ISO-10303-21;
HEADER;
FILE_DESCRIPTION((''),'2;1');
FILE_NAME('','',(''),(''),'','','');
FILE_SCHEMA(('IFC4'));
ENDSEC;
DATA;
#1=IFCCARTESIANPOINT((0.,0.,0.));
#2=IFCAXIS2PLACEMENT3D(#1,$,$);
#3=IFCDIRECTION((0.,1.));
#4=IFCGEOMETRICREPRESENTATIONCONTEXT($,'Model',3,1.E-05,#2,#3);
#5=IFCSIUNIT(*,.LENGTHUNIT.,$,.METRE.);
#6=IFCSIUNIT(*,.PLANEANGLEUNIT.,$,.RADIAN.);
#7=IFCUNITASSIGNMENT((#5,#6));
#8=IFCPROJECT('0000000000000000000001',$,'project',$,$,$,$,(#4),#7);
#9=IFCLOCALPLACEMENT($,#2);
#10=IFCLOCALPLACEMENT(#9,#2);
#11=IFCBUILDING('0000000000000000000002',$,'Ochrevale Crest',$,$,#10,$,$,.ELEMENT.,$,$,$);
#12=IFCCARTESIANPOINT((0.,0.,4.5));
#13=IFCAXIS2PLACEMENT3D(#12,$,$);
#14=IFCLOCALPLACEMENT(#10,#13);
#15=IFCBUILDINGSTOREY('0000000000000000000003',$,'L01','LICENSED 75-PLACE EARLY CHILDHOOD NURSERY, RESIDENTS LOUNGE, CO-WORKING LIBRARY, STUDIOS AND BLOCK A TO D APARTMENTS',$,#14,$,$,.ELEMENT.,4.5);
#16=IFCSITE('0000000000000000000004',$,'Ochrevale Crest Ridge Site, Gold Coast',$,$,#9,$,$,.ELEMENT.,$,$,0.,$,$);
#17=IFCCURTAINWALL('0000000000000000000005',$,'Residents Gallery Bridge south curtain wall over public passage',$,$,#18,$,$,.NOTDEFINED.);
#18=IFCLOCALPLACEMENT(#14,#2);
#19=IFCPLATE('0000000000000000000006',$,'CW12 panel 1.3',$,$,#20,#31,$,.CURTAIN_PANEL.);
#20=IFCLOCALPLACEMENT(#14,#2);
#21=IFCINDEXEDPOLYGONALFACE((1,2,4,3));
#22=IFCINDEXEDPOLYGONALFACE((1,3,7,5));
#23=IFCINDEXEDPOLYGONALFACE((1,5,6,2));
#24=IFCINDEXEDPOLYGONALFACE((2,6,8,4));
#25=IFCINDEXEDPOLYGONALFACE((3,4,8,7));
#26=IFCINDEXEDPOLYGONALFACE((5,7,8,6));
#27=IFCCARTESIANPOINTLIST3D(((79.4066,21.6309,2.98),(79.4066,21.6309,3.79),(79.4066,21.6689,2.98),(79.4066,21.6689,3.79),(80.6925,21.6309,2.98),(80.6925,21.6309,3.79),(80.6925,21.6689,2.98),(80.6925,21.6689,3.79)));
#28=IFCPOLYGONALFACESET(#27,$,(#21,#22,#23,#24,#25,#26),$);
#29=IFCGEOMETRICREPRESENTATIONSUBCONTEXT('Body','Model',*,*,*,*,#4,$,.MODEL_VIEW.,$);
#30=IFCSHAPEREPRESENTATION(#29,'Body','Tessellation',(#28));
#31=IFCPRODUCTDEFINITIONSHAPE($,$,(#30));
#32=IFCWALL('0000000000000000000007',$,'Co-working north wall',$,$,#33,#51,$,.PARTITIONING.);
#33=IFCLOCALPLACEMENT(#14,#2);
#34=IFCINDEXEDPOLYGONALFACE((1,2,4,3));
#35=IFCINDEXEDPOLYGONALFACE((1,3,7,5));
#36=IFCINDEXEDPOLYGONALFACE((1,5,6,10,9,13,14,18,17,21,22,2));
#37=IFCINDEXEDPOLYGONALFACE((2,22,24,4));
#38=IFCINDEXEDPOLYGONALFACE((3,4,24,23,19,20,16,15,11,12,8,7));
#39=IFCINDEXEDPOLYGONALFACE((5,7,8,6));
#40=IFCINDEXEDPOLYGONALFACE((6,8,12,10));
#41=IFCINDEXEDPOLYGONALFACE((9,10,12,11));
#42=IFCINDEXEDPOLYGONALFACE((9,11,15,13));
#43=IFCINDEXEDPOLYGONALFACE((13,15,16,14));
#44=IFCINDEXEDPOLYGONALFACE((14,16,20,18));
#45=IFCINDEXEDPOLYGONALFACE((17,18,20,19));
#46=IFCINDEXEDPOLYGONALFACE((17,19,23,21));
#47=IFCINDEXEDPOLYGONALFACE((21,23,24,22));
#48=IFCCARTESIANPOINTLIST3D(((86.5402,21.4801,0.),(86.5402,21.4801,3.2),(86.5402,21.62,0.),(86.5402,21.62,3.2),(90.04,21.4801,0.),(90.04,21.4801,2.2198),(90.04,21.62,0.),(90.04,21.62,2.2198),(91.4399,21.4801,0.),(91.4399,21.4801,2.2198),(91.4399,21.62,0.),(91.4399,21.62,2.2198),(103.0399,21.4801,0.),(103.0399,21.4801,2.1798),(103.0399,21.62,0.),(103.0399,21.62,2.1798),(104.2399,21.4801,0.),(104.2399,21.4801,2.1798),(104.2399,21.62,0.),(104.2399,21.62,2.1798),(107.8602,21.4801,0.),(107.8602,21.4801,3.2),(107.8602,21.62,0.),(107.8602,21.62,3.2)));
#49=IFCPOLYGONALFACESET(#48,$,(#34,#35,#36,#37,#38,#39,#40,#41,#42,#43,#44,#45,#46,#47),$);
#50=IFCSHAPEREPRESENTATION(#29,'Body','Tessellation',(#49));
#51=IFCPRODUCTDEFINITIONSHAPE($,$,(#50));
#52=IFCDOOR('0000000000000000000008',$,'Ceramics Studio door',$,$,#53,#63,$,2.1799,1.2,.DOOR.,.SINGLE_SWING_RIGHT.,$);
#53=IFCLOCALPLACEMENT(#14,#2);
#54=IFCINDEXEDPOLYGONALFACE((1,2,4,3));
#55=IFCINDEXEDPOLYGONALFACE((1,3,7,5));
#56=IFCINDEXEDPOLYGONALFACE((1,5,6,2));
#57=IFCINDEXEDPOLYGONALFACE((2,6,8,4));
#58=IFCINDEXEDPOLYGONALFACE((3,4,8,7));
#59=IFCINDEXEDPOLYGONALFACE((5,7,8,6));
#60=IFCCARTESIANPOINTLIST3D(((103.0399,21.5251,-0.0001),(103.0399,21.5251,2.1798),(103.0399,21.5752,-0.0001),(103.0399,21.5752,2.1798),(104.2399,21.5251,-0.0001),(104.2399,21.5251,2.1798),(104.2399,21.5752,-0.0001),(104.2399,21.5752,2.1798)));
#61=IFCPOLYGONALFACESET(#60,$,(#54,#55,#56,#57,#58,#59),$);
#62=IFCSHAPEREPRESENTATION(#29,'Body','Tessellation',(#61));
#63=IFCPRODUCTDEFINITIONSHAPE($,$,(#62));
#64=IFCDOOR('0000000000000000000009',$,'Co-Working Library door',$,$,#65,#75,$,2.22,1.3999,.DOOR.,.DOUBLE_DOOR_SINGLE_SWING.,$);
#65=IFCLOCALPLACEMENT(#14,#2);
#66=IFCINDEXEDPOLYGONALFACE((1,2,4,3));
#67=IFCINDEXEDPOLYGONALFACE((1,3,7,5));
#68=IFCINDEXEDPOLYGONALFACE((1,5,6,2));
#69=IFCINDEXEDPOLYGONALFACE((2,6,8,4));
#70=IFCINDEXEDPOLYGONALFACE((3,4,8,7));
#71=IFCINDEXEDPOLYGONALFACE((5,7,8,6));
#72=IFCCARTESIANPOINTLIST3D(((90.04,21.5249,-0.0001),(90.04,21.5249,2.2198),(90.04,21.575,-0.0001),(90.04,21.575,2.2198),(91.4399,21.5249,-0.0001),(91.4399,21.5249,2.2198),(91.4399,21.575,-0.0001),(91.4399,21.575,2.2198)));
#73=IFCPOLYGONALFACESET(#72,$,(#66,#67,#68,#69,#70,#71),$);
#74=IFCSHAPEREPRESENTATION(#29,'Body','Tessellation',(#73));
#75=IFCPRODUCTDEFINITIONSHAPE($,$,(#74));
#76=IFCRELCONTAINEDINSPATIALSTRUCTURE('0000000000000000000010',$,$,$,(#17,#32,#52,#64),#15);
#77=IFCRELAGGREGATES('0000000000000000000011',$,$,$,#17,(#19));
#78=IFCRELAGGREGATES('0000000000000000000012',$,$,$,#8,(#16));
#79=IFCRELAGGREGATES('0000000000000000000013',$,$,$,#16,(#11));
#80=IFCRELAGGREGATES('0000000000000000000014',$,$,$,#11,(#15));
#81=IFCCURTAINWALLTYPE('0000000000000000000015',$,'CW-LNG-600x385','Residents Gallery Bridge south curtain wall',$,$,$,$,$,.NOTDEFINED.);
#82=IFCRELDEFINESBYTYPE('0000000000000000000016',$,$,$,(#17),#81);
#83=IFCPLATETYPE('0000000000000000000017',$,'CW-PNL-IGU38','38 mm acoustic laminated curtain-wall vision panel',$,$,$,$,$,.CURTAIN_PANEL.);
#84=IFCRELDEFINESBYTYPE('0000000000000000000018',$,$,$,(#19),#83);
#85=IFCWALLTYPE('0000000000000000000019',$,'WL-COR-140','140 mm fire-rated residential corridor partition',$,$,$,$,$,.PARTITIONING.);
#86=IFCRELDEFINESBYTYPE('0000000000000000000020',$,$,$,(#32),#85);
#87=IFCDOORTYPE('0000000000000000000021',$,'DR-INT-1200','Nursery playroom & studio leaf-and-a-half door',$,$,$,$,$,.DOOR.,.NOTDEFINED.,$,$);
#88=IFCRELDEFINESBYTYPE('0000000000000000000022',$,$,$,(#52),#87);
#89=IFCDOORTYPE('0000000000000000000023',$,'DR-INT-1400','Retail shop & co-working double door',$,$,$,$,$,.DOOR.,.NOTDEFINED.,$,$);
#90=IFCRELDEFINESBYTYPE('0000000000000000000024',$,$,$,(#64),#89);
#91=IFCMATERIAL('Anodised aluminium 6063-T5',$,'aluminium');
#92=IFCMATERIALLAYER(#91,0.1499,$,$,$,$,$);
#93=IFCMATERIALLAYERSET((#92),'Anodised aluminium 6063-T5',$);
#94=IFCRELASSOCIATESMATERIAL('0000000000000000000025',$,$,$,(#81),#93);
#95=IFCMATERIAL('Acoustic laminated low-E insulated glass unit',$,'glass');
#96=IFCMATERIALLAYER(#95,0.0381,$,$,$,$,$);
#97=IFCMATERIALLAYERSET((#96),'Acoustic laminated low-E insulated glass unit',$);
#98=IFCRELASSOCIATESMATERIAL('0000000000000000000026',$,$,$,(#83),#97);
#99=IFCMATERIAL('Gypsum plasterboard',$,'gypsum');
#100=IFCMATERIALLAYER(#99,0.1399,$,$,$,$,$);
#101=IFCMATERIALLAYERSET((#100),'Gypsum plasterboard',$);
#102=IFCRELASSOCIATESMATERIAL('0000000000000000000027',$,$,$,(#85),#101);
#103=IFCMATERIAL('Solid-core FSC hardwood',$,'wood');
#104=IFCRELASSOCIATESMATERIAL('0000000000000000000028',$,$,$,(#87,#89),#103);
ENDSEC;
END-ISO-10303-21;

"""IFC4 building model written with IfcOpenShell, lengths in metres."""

from ifc_helpers import new_model, si_unit, direction, frame, frame_2d, origin, origin_2d, place, context, subcontext, project, spatial, rectangle, extrude, material, layer, layer_set, type_object, element, fill, aggregate, save


model = new_model("IFC4")

# Units and contexts
model_context = context("Model", 3, precision=1e-05, world=origin(), true_north=direction((0.0, 1.0)))
body_context = subcontext(model_context, "Body", "Model", "MODEL_VIEW")
ifc_project = project(units=[si_unit("LENGTHUNIT", "METRE"), si_unit("PLANEANGLEUNIT", "RADIAN")], contexts=[model_context])

# Site, building, storey
site_placement = place(None, origin())
site = spatial("IfcSite", under=ifc_project, at=site_placement, Name="Ochrevale Crest Ridge Site, Gold Coast", CompositionType="ELEMENT", RefElevation=0.0)
building_placement = place(site_placement, origin())
building = spatial("IfcBuilding", under=site, at=building_placement, Name="Ochrevale Crest", CompositionType="ELEMENT")
storey_placement = place(building_placement, frame((0.0, 0.0, 4.5)))
storey = spatial("IfcBuildingStorey", under=building, at=storey_placement, Name="L01", Description="LICENSED 75-PLACE EARLY CHILDHOOD NURSERY, RESIDENTS LOUNGE, CO-WORKING LIBRARY, STUDIOS AND BLOCK A TO D APARTMENTS", CompositionType="ELEMENT", Elevation=4.5)

# Shared definitions
ifc_material_1 = material(Name="Anodised aluminium 6063-T5", Category="aluminium")

# Curtain wall
ifc_layer_1 = layer(ifc_material_1, 0.1499)
ifc_layer_set_1 = layer_set([ifc_layer_1], Name="Anodised aluminium 6063-T5")
curtain_wall_type_1 = type_object("IfcCurtainWallType", Name="CW-LNG-600x385", Description="Residents Gallery Bridge south curtain wall", PredefinedType="NOTDEFINED", material=ifc_layer_set_1)
curtain_wall_1_placement = place(storey_placement, origin())
curtain_wall_1 = element("IfcCurtainWall", 1, at=curtain_wall_1_placement, inside=storey, type_object=curtain_wall_type_1, Name="Residents Gallery Bridge south curtain wall over public passage", PredefinedType="NOTDEFINED")

# Plate
ifc_material_2 = material(Name="Acoustic laminated low-E insulated glass unit", Category="glass")
ifc_layer_2 = layer(ifc_material_2, 0.0381)
ifc_layer_set_2 = layer_set([ifc_layer_2], Name="Acoustic laminated low-E insulated glass unit")
plate_type_1 = type_object("IfcPlateType", Name="CW-PNL-IGU38", Description="38 mm acoustic laminated curtain-wall vision panel", PredefinedType="CURTAIN_PANEL", material=ifc_layer_set_2)
plate_1_placement = place(storey_placement, frame((80.0496, 21.6499, 2.98), z_axis=(0.0, 0.0, 1.0), x_axis=(1.0, 0.0, 0.0)))
plate_1 = element("IfcPlate", 2, at=plate_1_placement, type_object=plate_type_1, Name="CW12 panel 1.3", PredefinedType="CURTAIN_PANEL", context=body_context, shape_type="SweptSolid", body=[
    extrude(rectangle(XDim=1.2859, YDim=0.0381, at=origin_2d()), origin(), (0.0, 0.0, 1.0), 0.8101),
])
aggregate(curtain_wall_1, [plate_1])

# Wall, openings, doors
ifc_material_3 = material(Name="Gypsum plasterboard", Category="gypsum")
ifc_layer_3 = layer(ifc_material_3, 0.1399)
ifc_layer_set_3 = layer_set([ifc_layer_3], Name="Gypsum plasterboard")
wall_type = type_object("IfcWallType", Name="WL-COR-140", Description="140 mm fire-rated residential corridor partition", PredefinedType="PARTITIONING", material=ifc_layer_set_3)
wall_placement = place(storey_placement, frame((86.54, 21.55, 0.0), z_axis=(0.0, 0.0, 1.0), x_axis=(1.0, 0.0, 0.0)))
wall = element("IfcWall", 3, at=wall_placement, inside=storey, type_object=wall_type, Name="Co-working north wall", PredefinedType="PARTITIONING", context=body_context, shape_type="SweptSolid", body=[
    extrude(rectangle(XDim=21.3201, YDim=0.1399, at=frame_2d((10.6602, 0.0))), origin(), (0.0, 0.0, 1.0), 3.2),
])
opening_1_placement = place(wall_placement, frame((3.5, 0.0, 0.0)))
opening_1 = element("IfcOpeningElement", 4, at=opening_1_placement, cuts=wall, PredefinedType="OPENING", context=body_context, shape_type="SweptSolid", body=[
    extrude(rectangle(XDim=1.3999, YDim=2.22, at=frame_2d((0.7, 1.1099))), frame((0.0, 0.0801, 0.0), z_axis=(0.0, -1.0, 0.0), x_axis=(1.0, 0.0, 0.0)), (0.0, 0.0, 1.0), 0.1599),
])
opening_2_placement = place(wall_placement, frame((17.7, 0.0, 0.0), z_axis=(0.0, 0.0, 1.0), x_axis=(-1.0, 0.0, 0.0)))
opening_2 = element("IfcOpeningElement", 5, at=opening_2_placement, cuts=wall, PredefinedType="OPENING", context=body_context, shape_type="SweptSolid", body=[
    extrude(rectangle(XDim=1.2, YDim=2.1799, at=frame_2d((0.6001, 1.0898))), frame((0.0, 0.0801, 0.0), z_axis=(0.0, -1.0, 0.0), x_axis=(1.0, 0.0, 0.0)), (0.0, 0.0, 1.0), 0.1599),
])
ifc_material_4 = material(Name="Solid-core FSC hardwood", Category="wood")
door_type_1 = type_object("IfcDoorType", Name="DR-INT-1200", Description="Nursery playroom & studio leaf-and-a-half door", OperationType="NOTDEFINED", PredefinedType="DOOR", material=ifc_material_4)
door_1_placement = place(opening_2_placement, origin())
door_1 = element("IfcDoor", 6, at=door_1_placement, inside=storey, type_object=door_type_1, Name="Ceramics Studio door", OperationType="SINGLE_SWING_RIGHT", OverallHeight=2.1799, OverallWidth=1.2, PredefinedType="DOOR", context=body_context, shape_type="SweptSolid", body=[
    extrude(rectangle(XDim=1.2, YDim=2.1799, at=frame_2d((0.6001, 1.0898))), frame((0.0, 0.0249, 0.0), z_axis=(0.0, -1.0, 0.0), x_axis=(1.0, 0.0, 0.0)), (0.0, 0.0, 1.0), 0.05),
])
fill(opening_2, door_1)
door_type_2 = type_object("IfcDoorType", Name="DR-INT-1400", Description="Retail shop & co-working double door", OperationType="NOTDEFINED", PredefinedType="DOOR", material=ifc_material_4)
door_2_placement = place(opening_1_placement, origin())
door_2 = element("IfcDoor", 7, at=door_2_placement, inside=storey, type_object=door_type_2, Name="Co-Working Library door", OperationType="DOUBLE_DOOR_SINGLE_SWING", OverallHeight=2.22, OverallWidth=1.3999, PredefinedType="DOOR", context=body_context, shape_type="SweptSolid", body=[
    extrude(rectangle(XDim=1.3999, YDim=2.22, at=frame_2d((0.7, 1.1099))), frame((0.0, 0.0249, 0.0), z_axis=(0.0, -1.0, 0.0), x_axis=(1.0, 0.0, 0.0)), (0.0, 0.0, 1.0), 0.05),
])
fill(opening_1, door_2)

save(model, "model.ifc")
